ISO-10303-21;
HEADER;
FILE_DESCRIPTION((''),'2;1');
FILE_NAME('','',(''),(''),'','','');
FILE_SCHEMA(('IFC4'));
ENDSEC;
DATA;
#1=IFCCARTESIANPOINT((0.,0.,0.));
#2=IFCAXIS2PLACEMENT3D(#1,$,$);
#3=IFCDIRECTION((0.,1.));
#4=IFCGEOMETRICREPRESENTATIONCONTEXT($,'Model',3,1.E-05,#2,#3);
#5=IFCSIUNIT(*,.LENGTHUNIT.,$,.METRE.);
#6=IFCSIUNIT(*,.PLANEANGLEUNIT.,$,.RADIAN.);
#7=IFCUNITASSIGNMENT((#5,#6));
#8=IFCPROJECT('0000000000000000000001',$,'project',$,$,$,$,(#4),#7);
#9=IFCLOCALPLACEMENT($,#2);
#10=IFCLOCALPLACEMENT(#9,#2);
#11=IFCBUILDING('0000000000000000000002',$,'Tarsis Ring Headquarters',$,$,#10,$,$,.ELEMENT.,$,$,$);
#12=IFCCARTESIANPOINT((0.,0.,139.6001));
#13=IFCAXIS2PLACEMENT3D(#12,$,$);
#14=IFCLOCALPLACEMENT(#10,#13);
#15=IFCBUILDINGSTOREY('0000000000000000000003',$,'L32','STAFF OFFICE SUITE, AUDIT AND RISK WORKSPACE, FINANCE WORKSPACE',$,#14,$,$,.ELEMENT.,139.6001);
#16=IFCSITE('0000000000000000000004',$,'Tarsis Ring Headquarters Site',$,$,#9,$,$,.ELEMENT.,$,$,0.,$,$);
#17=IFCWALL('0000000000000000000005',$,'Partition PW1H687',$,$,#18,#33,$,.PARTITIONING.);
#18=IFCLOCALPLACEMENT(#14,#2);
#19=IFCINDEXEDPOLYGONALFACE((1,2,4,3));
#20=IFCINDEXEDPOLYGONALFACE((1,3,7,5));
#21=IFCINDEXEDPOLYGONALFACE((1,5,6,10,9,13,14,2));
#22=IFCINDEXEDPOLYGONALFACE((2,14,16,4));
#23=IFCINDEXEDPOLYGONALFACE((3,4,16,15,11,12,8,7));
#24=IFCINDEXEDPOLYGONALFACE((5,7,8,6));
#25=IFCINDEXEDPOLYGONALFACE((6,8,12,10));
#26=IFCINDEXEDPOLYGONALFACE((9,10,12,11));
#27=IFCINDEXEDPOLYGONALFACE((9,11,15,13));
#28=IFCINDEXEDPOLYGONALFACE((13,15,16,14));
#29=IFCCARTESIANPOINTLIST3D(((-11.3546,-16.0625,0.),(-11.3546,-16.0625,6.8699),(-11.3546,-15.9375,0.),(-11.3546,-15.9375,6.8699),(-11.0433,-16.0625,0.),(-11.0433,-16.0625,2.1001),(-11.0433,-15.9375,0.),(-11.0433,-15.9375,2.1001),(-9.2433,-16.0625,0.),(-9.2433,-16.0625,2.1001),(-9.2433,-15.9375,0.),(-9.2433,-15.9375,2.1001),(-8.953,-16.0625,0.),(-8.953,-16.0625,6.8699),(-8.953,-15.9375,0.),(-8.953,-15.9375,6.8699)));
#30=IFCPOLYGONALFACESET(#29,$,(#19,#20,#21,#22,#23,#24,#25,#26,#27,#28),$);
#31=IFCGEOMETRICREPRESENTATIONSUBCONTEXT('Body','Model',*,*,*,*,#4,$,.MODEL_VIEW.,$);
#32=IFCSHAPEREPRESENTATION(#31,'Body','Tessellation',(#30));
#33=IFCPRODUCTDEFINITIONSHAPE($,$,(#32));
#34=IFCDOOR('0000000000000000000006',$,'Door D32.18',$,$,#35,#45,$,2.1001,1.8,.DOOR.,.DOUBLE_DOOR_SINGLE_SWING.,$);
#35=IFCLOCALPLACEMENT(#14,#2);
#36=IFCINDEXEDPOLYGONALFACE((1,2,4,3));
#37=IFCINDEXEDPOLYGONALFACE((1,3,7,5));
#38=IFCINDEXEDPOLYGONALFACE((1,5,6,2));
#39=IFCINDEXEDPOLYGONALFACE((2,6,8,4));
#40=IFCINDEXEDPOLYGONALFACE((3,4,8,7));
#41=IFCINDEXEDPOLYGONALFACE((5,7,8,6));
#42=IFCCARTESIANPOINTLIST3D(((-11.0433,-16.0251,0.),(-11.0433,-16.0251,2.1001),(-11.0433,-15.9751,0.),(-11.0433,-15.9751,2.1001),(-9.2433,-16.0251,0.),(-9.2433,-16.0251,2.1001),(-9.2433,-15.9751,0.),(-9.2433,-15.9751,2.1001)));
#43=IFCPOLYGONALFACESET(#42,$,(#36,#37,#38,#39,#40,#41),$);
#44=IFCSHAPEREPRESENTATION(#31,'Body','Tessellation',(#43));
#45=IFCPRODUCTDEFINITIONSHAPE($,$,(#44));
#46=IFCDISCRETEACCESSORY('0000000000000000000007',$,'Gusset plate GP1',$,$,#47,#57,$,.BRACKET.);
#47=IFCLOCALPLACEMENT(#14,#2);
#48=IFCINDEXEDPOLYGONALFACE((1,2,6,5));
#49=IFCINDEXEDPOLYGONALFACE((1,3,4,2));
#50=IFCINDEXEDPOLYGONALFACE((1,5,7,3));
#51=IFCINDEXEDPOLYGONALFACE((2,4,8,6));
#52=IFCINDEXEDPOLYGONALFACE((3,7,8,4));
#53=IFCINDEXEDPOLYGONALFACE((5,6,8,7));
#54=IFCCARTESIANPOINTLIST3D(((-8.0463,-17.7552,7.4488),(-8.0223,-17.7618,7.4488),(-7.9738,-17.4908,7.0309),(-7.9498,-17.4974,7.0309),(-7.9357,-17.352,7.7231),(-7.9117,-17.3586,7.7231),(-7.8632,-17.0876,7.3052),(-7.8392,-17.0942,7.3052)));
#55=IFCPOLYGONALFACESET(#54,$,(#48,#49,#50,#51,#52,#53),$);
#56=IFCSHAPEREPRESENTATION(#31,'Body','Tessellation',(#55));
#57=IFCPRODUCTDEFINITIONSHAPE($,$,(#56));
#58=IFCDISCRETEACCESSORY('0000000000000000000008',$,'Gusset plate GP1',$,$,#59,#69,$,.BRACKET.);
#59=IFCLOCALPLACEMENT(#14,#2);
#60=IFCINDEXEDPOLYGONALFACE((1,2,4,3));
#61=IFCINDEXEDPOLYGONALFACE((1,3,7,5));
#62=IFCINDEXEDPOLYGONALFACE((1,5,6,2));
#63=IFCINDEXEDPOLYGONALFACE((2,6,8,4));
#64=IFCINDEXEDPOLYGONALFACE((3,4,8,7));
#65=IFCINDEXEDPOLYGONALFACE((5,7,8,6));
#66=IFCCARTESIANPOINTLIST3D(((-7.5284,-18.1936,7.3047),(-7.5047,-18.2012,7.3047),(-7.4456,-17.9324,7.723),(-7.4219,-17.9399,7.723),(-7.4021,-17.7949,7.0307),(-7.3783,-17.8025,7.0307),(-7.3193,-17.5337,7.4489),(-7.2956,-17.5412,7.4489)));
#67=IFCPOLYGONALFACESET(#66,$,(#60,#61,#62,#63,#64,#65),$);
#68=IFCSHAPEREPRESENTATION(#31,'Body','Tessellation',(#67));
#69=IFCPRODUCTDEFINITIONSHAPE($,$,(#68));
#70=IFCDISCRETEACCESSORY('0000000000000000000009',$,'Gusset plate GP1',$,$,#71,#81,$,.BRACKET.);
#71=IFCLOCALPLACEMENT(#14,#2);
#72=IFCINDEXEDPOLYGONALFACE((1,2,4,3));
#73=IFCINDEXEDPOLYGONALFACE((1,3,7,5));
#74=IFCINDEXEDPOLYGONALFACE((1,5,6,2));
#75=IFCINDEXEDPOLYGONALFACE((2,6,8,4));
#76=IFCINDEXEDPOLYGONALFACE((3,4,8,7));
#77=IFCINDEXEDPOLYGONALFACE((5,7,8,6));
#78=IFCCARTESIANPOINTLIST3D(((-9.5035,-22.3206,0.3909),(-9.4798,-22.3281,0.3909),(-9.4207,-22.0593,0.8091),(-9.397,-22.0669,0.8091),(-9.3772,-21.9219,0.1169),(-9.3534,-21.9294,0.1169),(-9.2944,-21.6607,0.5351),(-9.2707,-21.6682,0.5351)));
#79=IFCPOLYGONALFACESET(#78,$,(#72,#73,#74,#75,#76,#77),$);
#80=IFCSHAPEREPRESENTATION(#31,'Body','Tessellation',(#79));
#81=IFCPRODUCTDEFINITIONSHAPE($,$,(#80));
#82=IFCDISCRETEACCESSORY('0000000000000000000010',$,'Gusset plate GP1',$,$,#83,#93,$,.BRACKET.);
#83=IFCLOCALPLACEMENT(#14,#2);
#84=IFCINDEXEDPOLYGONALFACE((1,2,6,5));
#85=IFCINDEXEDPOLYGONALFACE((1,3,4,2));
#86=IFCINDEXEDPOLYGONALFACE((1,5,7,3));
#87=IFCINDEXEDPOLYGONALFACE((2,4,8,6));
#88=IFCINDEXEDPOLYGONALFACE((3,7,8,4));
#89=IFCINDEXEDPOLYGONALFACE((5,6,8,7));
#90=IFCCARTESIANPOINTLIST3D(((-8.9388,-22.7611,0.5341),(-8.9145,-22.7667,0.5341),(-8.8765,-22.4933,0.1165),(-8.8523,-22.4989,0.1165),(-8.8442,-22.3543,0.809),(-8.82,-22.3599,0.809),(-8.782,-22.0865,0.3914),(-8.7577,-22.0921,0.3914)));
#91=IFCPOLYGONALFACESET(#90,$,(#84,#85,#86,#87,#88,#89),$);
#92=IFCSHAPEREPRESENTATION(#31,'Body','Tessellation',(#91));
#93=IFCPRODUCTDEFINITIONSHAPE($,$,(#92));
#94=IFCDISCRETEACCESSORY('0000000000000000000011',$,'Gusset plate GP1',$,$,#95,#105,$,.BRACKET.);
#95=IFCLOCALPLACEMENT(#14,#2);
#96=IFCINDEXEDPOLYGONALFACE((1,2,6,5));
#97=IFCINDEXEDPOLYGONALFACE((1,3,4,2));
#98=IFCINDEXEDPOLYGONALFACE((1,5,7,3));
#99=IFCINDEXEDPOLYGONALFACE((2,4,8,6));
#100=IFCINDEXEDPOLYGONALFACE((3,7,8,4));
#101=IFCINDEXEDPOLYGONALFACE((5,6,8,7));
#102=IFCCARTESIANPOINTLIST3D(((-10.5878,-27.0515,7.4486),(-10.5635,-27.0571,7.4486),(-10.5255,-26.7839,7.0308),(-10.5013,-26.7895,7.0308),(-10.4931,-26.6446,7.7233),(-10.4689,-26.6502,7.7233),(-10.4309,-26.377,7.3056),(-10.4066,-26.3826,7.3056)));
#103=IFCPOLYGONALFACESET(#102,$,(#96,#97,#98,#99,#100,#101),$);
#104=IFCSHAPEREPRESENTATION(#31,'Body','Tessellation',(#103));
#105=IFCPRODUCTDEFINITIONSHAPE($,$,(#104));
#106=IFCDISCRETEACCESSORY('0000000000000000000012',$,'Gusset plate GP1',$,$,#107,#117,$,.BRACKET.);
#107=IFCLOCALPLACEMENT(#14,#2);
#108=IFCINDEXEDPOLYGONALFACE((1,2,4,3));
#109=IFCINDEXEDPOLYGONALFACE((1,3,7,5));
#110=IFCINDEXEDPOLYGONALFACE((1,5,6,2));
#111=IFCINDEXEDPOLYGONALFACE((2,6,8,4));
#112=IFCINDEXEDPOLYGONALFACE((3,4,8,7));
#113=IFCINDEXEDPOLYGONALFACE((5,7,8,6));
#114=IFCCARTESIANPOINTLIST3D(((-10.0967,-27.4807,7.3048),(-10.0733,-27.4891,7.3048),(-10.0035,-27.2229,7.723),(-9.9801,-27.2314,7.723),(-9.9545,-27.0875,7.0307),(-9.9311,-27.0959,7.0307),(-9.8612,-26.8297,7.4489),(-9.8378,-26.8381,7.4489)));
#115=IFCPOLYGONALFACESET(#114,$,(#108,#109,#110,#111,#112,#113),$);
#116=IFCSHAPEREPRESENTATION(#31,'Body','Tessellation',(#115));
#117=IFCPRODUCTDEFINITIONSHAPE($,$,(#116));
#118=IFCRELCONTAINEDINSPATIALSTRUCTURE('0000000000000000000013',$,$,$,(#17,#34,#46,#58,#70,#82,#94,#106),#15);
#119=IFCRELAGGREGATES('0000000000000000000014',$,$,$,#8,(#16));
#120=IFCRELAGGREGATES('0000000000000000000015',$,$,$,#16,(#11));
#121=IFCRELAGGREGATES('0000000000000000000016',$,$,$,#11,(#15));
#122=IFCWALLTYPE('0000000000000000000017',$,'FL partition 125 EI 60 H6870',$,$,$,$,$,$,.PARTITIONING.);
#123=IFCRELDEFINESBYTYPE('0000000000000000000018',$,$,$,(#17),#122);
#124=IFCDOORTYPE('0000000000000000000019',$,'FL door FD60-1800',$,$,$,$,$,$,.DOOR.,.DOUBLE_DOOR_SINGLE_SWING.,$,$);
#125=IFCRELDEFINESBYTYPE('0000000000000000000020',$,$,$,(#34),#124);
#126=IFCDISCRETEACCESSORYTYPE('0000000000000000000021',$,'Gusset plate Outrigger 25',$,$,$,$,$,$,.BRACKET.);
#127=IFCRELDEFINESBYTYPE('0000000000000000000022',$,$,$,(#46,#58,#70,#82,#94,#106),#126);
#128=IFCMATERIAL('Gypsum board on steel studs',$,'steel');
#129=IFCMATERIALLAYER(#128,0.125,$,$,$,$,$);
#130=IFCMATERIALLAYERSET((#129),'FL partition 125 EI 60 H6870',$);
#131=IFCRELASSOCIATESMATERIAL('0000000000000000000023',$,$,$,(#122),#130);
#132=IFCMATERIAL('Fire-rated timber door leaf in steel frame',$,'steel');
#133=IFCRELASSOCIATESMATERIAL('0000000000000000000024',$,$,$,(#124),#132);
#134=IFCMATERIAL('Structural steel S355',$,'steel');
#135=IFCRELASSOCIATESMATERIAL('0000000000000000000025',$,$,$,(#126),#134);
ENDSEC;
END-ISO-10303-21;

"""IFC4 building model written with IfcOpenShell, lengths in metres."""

from ifc_helpers import new_model, si_unit, direction, frame, frame_2d, origin, origin_2d, place, context, subcontext, project, spatial, rectangle, extrude, material, layer, layer_set, material_profile, profile_set, type_object, element, fill, save


model = new_model("IFC4")

# Units and contexts
model_context = context("Model", 3, precision=1e-05, world=origin(), true_north=direction((0.0, 1.0)))
body_context = subcontext(model_context, "Body", "Model", "MODEL_VIEW")
ifc_project = project(units=[si_unit("LENGTHUNIT", "METRE"), si_unit("PLANEANGLEUNIT", "RADIAN")], contexts=[model_context])

# Site, building, storey
site_placement = place(None, origin())
site = spatial("IfcSite", under=ifc_project, at=site_placement, Name="Tarsis Ring Headquarters Site", CompositionType="ELEMENT", RefElevation=0.0)
building_placement = place(site_placement, origin())
building = spatial("IfcBuilding", under=site, at=building_placement, Name="Tarsis Ring Headquarters", CompositionType="ELEMENT")
storey_placement = place(building_placement, frame((0.0, 0.0, 139.6001)))
storey = spatial("IfcBuildingStorey", under=building, at=storey_placement, Name="L32", Description="STAFF OFFICE SUITE, AUDIT AND RISK WORKSPACE, FINANCE WORKSPACE", CompositionType="ELEMENT", Elevation=139.6001)

# Shared definitions
ifc_material_1 = material(Name="Structural steel S355", Category="steel")

# Shared definitions
ifc_material_2 = material(Name="Gypsum board on steel studs", Category="steel")
ifc_layer_1 = layer(ifc_material_2, 0.125)
ifc_layer_set_1 = layer_set([ifc_layer_1], Name="FL partition 125 EI 60 H6870")
wall_type = type_object("IfcWallType", Name="FL partition 125 EI 60 H6870", PredefinedType="PARTITIONING", material=ifc_layer_set_1)
ifc_material_3 = material(Name="Fire-rated timber door leaf in steel frame", Category="steel")
door_type_1 = type_object("IfcDoorType", Name="FL door FD60-1800", OperationType="DOUBLE_DOOR_SINGLE_SWING", PredefinedType="DOOR", material=ifc_material_3)

# Wall, opening, door
wall_1_placement = place(storey_placement, frame((-11.3545, -16.0, 0.0), z_axis=(0.0, 0.0, 1.0), x_axis=(1.0, 0.0, 0.0)))
wall_1 = element("IfcWall", 1, at=wall_1_placement, inside=storey, type_object=wall_type, Name="Partition PW1H687", PredefinedType="PARTITIONING", context=body_context, shape_type="SweptSolid", body=[
    extrude(rectangle(XDim=2.4016, YDim=0.125, at=frame_2d((1.2007, 0.0))), origin(), (0.0, 0.0, 1.0), 6.8699),
])
opening_1_placement = place(wall_1_placement, frame((0.3113, 0.0, 0.0)))
opening_1 = element("IfcOpeningElement", 2, at=opening_1_placement, cuts=wall_1, PredefinedType="OPENING", context=body_context, shape_type="SweptSolid", body=[
    extrude(rectangle(XDim=1.8, YDim=2.1001, at=frame_2d((0.8999, 1.05))), frame((0.0, 0.0725, 0.0), z_axis=(0.0, -1.0, 0.0), x_axis=(1.0, 0.0, 0.0)), (0.0, 0.0, 1.0), 0.145),
])
door_1_placement = place(opening_1_placement, origin())
door_1 = element("IfcDoor", 3, at=door_1_placement, inside=storey, type_object=door_type_1, Name="Door D32.18", OperationType="DOUBLE_DOOR_SINGLE_SWING", OverallHeight=2.1001, OverallWidth=1.8, PredefinedType="DOOR", context=body_context, shape_type="SweptSolid", body=[
    extrude(rectangle(XDim=1.8, YDim=2.1001, at=frame_2d((0.8999, 1.05))), frame((0.0, 0.0249, 0.0), z_axis=(0.0, -1.0, 0.0), x_axis=(1.0, 0.0, 0.0)), (0.0, 0.0, 1.0), 0.05),
])
fill(opening_1, door_1)

# Discrete accessories
ifc_material_profile_1 = material_profile(ifc_material_1, rectangle(XDim=0.0249, YDim=0.5, at=origin_2d()), Name="PL 25x500")
ifc_profile_set_1 = profile_set([ifc_material_profile_1], Name="Structural steel S355")
discrete_accessory_type = type_object("IfcDiscreteAccessoryType", Name="Gusset plate Outrigger 25", PredefinedType="BRACKET", material=ifc_profile_set_1)
discrete_accessory_placement = place(storey_placement, frame((-7.979, -17.5569, 7.5859), z_axis=(0.145059, 0.528951, -0.836163), x_axis=(-0.964393, 0.264473, 0.0)))
element("IfcDiscreteAccessory", 4, at=discrete_accessory_placement, inside=storey, type_object=discrete_accessory_type, Name="Gusset plate GP1", PredefinedType="BRACKET", context=body_context, shape_type="SweptSolid", body=[
    extrude(rectangle(XDim=0.0249, YDim=0.5, at=origin_2d()), origin(), (0.0, 0.0, 1.0), 0.4998),
])
for number, where, z_axis, x_axis, name in (
    (5, (-7.3706, -17.7368, 7.5859), (-0.16553, -0.522468, -0.836437), (0.953299, -0.302027, 0.0), "Gusset plate GP1"),
    (6, (-9.4285, -22.125, 0.2539), (0.16553, 0.522468, 0.836437), (-0.953299, 0.302027, 0.0), "Gusset plate GP1"),
    (7, (-8.8171, -22.2927, 0.2539), (-0.124487, -0.535539, 0.835285), (0.974031, -0.226416, 0.0), "Gusset plate GP1"),
    (8, (-10.5283, -26.8508, 7.5859), (0.12452, 0.535191, -0.835503), (-0.973985, 0.226612, 0.0), "Gusset plate GP1"),
    (9, (-9.9207, -27.0305, 7.5859), (-0.186498, -0.515556, -0.836314), (0.940364, -0.34017, 0.0), "Gusset plate GP1"),
):
    element("IfcDiscreteAccessory", number, at=place(storey_placement, frame(where, z_axis=z_axis, x_axis=x_axis)), inside=storey, type_object=discrete_accessory_type, Name=name, PredefinedType="BRACKET", context=body_context, shape_type="SweptSolid", body=[
        extrude(rectangle(XDim=0.0249, YDim=0.5, at=origin_2d()), origin(), (0.0, 0.0, 1.0), 0.5),
    ])

save(model, "model.ifc")
